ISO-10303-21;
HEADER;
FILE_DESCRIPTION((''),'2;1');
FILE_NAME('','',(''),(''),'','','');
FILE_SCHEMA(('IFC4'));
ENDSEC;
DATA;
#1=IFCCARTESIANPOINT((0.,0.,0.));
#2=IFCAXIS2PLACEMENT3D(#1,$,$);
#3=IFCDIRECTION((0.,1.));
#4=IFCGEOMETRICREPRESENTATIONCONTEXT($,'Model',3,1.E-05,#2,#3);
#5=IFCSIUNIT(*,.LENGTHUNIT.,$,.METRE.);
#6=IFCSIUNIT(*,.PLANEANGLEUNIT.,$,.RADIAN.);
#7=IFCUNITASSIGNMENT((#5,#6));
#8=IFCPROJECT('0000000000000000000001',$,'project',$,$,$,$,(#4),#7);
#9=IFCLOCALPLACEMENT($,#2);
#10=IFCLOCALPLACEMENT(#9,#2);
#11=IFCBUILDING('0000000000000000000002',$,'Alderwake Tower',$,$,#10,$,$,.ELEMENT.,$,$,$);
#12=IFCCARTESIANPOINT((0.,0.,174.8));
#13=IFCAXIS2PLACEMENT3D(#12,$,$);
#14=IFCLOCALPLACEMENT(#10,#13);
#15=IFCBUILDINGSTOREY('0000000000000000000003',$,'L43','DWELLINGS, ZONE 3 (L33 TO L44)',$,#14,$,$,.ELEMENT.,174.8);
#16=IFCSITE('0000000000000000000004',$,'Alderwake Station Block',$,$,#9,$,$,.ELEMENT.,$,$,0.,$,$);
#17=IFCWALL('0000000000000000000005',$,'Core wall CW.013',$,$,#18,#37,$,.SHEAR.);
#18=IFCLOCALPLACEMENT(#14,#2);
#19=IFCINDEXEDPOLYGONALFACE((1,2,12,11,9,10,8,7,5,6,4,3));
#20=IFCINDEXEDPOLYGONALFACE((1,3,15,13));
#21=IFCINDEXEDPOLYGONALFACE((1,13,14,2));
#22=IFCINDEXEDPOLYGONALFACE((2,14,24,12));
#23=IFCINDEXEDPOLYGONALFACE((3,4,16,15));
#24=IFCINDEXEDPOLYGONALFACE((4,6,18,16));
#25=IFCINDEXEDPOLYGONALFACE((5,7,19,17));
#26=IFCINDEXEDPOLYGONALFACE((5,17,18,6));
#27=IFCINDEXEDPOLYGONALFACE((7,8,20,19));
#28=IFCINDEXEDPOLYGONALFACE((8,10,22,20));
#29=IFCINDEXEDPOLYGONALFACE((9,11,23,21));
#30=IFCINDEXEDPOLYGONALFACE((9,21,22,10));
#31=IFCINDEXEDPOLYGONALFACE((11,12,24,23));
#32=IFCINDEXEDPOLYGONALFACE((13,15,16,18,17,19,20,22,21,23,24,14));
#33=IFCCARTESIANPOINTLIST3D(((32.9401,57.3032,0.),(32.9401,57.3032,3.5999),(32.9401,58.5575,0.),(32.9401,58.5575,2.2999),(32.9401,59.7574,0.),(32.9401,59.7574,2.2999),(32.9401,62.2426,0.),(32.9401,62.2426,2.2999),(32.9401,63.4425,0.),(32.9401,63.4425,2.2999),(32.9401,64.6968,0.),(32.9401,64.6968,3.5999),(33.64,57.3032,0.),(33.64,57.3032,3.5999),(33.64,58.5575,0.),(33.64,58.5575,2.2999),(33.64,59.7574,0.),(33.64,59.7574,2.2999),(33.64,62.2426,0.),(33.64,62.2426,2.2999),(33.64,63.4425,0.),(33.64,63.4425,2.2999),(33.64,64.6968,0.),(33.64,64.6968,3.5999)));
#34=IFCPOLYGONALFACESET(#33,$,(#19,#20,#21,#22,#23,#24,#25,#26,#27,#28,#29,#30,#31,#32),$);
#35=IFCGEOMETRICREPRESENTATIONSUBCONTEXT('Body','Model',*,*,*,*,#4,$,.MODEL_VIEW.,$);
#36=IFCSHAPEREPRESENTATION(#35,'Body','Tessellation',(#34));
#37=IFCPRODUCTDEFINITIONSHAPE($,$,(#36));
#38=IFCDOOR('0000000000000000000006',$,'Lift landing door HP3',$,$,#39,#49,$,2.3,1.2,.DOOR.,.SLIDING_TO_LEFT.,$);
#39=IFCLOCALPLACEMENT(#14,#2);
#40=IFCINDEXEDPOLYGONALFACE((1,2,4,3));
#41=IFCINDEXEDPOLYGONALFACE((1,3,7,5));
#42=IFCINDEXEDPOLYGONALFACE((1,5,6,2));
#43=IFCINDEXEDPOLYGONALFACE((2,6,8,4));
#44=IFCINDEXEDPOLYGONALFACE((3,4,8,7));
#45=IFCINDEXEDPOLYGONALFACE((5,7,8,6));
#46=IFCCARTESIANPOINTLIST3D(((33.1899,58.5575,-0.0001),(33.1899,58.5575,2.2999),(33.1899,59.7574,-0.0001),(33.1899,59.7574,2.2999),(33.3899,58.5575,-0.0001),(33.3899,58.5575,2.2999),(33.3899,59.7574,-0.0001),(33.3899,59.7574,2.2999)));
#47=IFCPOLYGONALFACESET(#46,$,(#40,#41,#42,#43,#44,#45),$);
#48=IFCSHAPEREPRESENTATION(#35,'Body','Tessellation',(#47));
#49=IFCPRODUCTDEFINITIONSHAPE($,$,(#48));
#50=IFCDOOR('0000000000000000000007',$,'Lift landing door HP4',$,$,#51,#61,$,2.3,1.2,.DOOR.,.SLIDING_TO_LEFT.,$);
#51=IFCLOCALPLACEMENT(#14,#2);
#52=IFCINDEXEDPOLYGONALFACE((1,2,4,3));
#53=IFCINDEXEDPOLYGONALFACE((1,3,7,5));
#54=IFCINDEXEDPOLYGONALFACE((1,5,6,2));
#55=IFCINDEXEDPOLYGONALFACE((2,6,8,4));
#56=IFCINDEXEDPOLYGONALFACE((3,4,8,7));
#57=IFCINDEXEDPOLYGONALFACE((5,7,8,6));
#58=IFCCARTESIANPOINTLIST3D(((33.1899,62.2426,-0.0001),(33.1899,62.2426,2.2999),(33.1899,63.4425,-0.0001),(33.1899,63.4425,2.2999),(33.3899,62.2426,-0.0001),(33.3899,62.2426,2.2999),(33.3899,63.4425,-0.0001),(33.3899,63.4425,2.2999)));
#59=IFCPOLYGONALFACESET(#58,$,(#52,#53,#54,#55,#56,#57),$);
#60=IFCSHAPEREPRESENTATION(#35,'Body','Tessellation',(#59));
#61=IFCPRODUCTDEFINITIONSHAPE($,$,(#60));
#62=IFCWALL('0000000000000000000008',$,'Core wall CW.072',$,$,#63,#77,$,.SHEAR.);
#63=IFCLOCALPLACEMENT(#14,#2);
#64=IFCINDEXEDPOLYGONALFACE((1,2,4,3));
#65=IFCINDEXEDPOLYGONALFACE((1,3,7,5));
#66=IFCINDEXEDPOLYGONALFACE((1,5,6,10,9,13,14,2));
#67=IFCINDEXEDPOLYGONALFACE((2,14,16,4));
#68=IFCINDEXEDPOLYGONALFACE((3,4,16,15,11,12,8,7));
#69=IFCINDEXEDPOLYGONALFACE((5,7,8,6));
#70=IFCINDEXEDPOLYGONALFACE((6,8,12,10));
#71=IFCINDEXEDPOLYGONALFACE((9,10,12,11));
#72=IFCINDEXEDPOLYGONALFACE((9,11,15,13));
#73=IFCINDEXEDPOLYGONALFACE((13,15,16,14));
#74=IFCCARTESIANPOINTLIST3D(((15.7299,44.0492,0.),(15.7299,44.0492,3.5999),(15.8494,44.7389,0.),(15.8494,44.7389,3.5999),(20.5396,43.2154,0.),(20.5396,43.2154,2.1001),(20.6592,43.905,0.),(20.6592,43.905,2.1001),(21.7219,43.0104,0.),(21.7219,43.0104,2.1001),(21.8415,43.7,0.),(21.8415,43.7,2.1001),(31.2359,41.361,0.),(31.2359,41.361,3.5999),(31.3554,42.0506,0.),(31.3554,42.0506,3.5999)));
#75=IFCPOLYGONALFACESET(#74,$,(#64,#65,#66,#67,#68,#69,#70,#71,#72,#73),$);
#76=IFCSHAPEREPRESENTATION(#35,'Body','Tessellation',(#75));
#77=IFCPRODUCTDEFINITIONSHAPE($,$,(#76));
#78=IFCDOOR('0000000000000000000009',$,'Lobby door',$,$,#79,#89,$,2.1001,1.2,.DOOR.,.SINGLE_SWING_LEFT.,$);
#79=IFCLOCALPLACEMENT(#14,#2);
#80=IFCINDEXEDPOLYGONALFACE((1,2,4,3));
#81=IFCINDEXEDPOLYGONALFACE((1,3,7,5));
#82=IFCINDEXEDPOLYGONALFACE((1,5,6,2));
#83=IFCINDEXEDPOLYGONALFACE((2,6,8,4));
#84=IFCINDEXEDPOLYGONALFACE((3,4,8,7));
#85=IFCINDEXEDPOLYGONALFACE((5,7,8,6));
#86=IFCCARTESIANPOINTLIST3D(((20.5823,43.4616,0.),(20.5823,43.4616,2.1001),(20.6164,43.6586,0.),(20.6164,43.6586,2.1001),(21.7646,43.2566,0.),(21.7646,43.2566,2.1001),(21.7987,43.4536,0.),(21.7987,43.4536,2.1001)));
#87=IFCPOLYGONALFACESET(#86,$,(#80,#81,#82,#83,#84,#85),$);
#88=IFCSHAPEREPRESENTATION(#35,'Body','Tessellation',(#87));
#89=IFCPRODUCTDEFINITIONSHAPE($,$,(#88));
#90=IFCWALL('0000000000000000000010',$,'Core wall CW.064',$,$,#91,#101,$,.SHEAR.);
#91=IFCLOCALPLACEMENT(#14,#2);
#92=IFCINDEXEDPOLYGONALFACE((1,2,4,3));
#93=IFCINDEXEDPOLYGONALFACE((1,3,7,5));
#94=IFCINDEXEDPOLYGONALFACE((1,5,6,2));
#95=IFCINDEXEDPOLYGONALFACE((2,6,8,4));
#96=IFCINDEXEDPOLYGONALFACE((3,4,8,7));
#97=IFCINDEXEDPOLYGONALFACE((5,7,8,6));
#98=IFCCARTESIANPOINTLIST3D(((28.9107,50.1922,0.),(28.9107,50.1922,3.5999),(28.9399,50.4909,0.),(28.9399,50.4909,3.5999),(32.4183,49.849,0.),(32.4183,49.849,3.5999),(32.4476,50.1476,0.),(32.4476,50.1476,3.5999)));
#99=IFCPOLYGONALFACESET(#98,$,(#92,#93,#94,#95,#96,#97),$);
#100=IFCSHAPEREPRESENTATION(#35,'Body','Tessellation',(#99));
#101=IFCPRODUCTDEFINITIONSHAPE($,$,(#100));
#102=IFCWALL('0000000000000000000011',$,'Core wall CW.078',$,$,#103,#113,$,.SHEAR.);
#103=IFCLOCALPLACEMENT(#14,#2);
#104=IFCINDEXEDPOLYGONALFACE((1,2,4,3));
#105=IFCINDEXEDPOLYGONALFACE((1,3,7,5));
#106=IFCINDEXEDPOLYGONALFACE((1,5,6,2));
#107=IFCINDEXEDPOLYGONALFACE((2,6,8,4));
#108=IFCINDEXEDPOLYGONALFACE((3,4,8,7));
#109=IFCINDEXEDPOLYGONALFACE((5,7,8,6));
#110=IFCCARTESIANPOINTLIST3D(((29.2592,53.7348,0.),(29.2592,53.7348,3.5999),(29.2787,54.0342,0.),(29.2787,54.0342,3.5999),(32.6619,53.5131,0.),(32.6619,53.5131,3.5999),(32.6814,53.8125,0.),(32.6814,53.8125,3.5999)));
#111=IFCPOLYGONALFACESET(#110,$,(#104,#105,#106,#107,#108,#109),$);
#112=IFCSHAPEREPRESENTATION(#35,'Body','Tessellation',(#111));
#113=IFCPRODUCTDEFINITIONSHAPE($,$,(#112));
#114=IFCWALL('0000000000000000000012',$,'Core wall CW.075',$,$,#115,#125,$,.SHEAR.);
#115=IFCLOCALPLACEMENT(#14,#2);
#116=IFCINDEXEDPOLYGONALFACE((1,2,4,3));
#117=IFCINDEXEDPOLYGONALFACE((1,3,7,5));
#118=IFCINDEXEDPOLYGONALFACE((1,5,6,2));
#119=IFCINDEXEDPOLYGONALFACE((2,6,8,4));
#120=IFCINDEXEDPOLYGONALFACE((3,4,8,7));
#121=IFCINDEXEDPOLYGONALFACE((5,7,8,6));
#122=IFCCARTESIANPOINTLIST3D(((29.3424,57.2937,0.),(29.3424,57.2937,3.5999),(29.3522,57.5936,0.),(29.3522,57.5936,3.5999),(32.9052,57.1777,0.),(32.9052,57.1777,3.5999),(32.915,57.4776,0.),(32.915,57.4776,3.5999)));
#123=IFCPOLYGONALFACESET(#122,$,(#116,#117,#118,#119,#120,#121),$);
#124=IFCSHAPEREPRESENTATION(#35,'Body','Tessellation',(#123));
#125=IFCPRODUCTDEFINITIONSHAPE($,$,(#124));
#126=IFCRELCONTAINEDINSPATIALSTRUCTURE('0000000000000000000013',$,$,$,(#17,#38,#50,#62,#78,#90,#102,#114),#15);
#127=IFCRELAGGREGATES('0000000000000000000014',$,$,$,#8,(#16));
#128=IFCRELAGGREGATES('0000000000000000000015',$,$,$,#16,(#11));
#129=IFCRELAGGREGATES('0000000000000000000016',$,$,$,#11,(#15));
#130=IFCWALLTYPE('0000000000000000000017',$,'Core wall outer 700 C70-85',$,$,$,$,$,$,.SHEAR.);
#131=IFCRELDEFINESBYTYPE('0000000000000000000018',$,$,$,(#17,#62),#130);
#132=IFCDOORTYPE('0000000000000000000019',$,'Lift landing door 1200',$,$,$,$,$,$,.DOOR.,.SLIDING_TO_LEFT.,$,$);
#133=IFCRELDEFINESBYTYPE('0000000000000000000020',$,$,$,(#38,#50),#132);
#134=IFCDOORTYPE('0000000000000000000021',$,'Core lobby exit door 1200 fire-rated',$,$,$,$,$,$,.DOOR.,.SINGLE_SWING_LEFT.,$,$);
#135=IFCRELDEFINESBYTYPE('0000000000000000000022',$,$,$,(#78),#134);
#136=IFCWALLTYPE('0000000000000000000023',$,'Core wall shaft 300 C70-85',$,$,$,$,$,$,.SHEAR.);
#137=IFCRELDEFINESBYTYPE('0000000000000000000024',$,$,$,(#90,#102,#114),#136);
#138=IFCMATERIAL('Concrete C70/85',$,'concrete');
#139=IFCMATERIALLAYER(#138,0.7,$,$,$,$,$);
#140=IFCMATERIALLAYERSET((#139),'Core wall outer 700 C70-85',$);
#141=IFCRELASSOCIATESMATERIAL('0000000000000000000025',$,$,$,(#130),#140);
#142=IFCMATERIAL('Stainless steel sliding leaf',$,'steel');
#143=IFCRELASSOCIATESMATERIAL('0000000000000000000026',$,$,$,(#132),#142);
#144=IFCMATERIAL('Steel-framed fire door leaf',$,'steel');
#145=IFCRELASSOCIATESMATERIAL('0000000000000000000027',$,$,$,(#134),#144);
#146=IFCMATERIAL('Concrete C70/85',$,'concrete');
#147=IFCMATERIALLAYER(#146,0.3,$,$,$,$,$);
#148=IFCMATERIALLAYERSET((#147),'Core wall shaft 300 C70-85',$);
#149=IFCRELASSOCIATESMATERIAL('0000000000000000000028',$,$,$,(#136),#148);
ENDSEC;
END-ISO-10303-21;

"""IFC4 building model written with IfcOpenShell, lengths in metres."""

from ifc_helpers import new_model, si_unit, direction, frame, frame_2d, origin, place, context, subcontext, project, spatial, rectangle, extrude, material, layer, layer_set, type_object, element, fill, save


model = new_model("IFC4")

# Units and contexts
model_context = context("Model", 3, precision=1e-05, world=origin(), true_north=direction((0.0, 1.0)))
body_context = subcontext(model_context, "Body", "Model", "MODEL_VIEW")
ifc_project = project(units=[si_unit("LENGTHUNIT", "METRE"), si_unit("PLANEANGLEUNIT", "RADIAN")], contexts=[model_context])

# Site, building, storey
site_placement = place(None, origin())
site = spatial("IfcSite", under=ifc_project, at=site_placement, Name="Alderwake Station Block", CompositionType="ELEMENT", RefElevation=0.0)
building_placement = place(site_placement, origin())
building = spatial("IfcBuilding", under=site, at=building_placement, Name="Alderwake Tower", CompositionType="ELEMENT")
storey_placement = place(building_placement, frame((0.0, 0.0, 174.8)))
storey = spatial("IfcBuildingStorey", under=building, at=storey_placement, Name="L43", Description="DWELLINGS, ZONE 3 (L33 TO L44)", CompositionType="ELEMENT", Elevation=174.8)

# Shared definitions
ifc_material_1 = material(Name="Concrete C70/85", Category="concrete")
ifc_layer_1 = layer(ifc_material_1, 0.7)
ifc_layer_set_1 = layer_set([ifc_layer_1], Name="Core wall outer 700 C70-85")
wall_type_1 = type_object("IfcWallType", Name="Core wall outer 700 C70-85", PredefinedType="SHEAR", material=ifc_layer_set_1)

# Wall, openings, doors
ifc_material_2 = material(Name="Stainless steel sliding leaf", Category="steel")
door_type_1 = type_object("IfcDoorType", Name="Lift landing door 1200", OperationType="SLIDING_TO_LEFT", PredefinedType="DOOR", material=ifc_material_2)
wall_1_placement = place(storey_placement, frame((33.29, 57.3032, 0.0), z_axis=(0.0, 0.0, 1.0), x_axis=(0.0, 1.0, 0.0)))
wall_1 = element("IfcWall", 1, at=wall_1_placement, inside=storey, type_object=wall_type_1, Name="Core wall CW.013", PredefinedType="SHEAR", context=body_context, shape_type="SweptSolid", body=[
    extrude(rectangle(XDim=7.3936, YDim=0.7, at=frame_2d((3.6968, 0.0))), origin(), (0.0, 0.0, 1.0), 3.5999),
])
opening_1_placement = place(wall_1_placement, frame((1.2542, 0.0, 0.0)))
opening_1 = element("IfcOpeningElement", 2, at=opening_1_placement, cuts=wall_1, PredefinedType="OPENING", context=body_context, shape_type="SweptSolid", body=[
    extrude(rectangle(XDim=1.2, YDim=2.3, at=frame_2d((0.6001, 1.1499))), frame((0.0, 0.3599, 0.0), z_axis=(0.0, -1.0, 0.0), x_axis=(1.0, 0.0, 0.0)), (0.0, 0.0, 1.0), 0.72),
])
opening_2_placement = place(wall_1_placement, frame((4.9392, 0.0, 0.0)))
opening_2 = element("IfcOpeningElement", 3, at=opening_2_placement, cuts=wall_1, PredefinedType="OPENING", context=body_context, shape_type="SweptSolid", body=[
    extrude(rectangle(XDim=1.2, YDim=2.3, at=frame_2d((0.6001, 1.1499))), frame((0.0, 0.3599, 0.0), z_axis=(0.0, -1.0, 0.0), x_axis=(1.0, 0.0, 0.0)), (0.0, 0.0, 1.0), 0.72),
])
door_1_placement = place(opening_1_placement, origin())
door_1 = element("IfcDoor", 4, at=door_1_placement, inside=storey, type_object=door_type_1, Name="Lift landing door HP3", OperationType="SLIDING_TO_LEFT", OverallHeight=2.3, OverallWidth=1.2, PredefinedType="DOOR", context=body_context, shape_type="SweptSolid", body=[
    extrude(rectangle(XDim=1.2, YDim=2.3, at=frame_2d((0.6001, 1.1499))), frame((0.0, 0.1001, 0.0), z_axis=(0.0, -1.0, 0.0), x_axis=(1.0, 0.0, 0.0)), (0.0, 0.0, 1.0), 0.2),
])
fill(opening_1, door_1)
door_2_placement = place(opening_2_placement, origin())
door_2 = element("IfcDoor", 5, at=door_2_placement, inside=storey, type_object=door_type_1, Name="Lift landing door HP4", OperationType="SLIDING_TO_LEFT", OverallHeight=2.3, OverallWidth=1.2, PredefinedType="DOOR", context=body_context, shape_type="SweptSolid", body=[
    extrude(rectangle(XDim=1.2, YDim=2.3, at=frame_2d((0.6001, 1.1499))), frame((0.0, 0.1001, 0.0), z_axis=(0.0, -1.0, 0.0), x_axis=(1.0, 0.0, 0.0)), (0.0, 0.0, 1.0), 0.2),
])
fill(opening_2, door_2)

# Wall, opening, door
wall_2_placement = place(storey_placement, frame((31.2957, 41.7058, 0.0), z_axis=(0.0, 0.0, 1.0), x_axis=(-0.985303, 0.170818, 0.0)))
wall_2 = element("IfcWall", 6, at=wall_2_placement, inside=storey, type_object=wall_type_1, Name="Core wall CW.072", PredefinedType="SHEAR", context=body_context, shape_type="SweptSolid", body=[
    extrude(rectangle(XDim=15.7373, YDim=0.7, at=frame_2d((7.8687, 0.0))), origin(), (0.0, 0.0, 1.0), 3.5999),
])
opening_3_placement = place(wall_2_placement, frame((9.6558, 0.0, 0.0)))
opening_3 = element("IfcOpeningElement", 7, at=opening_3_placement, cuts=wall_2, PredefinedType="OPENING", context=body_context, shape_type="SweptSolid", body=[
    extrude(rectangle(XDim=1.2, YDim=2.1001, at=frame_2d((0.6001, 1.05))), frame((0.0, 0.3599, 0.0), z_axis=(0.0, -1.0, 0.0), x_axis=(1.0, 0.0, 0.0)), (0.0, 0.0, 1.0), 0.72),
])
ifc_material_3 = material(Name="Steel-framed fire door leaf", Category="steel")
door_type_2 = type_object("IfcDoorType", Name="Core lobby exit door 1200 fire-rated", OperationType="SINGLE_SWING_LEFT", PredefinedType="DOOR", material=ifc_material_3)
door_3_placement = place(opening_3_placement, origin())
door_3 = element("IfcDoor", 8, at=door_3_placement, inside=storey, type_object=door_type_2, Name="Lobby door", OperationType="SINGLE_SWING_LEFT", OverallHeight=2.1001, OverallWidth=1.2, PredefinedType="DOOR", context=body_context, shape_type="SweptSolid", body=[
    extrude(rectangle(XDim=1.2, YDim=2.1001, at=frame_2d((0.6001, 1.05))), frame((0.0, 0.1001, 0.0), z_axis=(0.0, -1.0, 0.0), x_axis=(1.0, 0.0, 0.0)), (0.0, 0.0, 1.0), 0.2),
])
fill(opening_3, door_3)

# Walls
ifc_material_4 = material(Name="Concrete C70/85", Category="concrete")
ifc_layer_2 = layer(ifc_material_4, 0.3)
ifc_layer_set_2 = layer_set([ifc_layer_2], Name="Core wall shaft 300 C70-85")
wall_type_2 = type_object("IfcWallType", Name="Core wall shaft 300 C70-85", PredefinedType="SHEAR", material=ifc_layer_set_2)
wall_3_placement = place(storey_placement, frame((28.9253, 50.3416, 0.0), z_axis=(0.0, 0.0, 1.0), x_axis=(0.995246, -0.097398, 0.0)))
element("IfcWall", 9, at=wall_3_placement, inside=storey, type_object=wall_type_2, Name="Core wall CW.064", PredefinedType="SHEAR", context=body_context, shape_type="SweptSolid", body=[
    extrude(rectangle(XDim=3.5244, YDim=0.3, at=frame_2d((1.7622, 0.0))), origin(), (0.0, 0.0, 1.0), 3.5999),
])
wall_4_placement = place(storey_placement, frame((29.2688, 53.8845, 0.0), z_axis=(0.0, 0.0, 1.0), x_axis=(0.997884, -0.065012, 0.0)))
element("IfcWall", 10, at=wall_4_placement, inside=storey, type_object=wall_type_2, Name="Core wall CW.078", PredefinedType="SHEAR", context=body_context, shape_type="SweptSolid", body=[
    extrude(rectangle(XDim=3.4099, YDim=0.3, at=frame_2d((1.7051, 0.0))), origin(), (0.0, 0.0, 1.0), 3.5999),
])
wall_5_placement = place(storey_placement, frame((29.3474, 57.4436, 0.0), z_axis=(0.0, 0.0, 1.0), x_axis=(0.999471, -0.032533, 0.0)))
element("IfcWall", 11, at=wall_5_placement, inside=storey, type_object=wall_type_2, Name="Core wall CW.075", PredefinedType="SHEAR", context=body_context, shape_type="SweptSolid", body=[
    extrude(rectangle(XDim=3.5647, YDim=0.3, at=frame_2d((1.7822, 0.0))), origin(), (0.0, 0.0, 1.0), 3.5999),
])

save(model, "model.ifc")
